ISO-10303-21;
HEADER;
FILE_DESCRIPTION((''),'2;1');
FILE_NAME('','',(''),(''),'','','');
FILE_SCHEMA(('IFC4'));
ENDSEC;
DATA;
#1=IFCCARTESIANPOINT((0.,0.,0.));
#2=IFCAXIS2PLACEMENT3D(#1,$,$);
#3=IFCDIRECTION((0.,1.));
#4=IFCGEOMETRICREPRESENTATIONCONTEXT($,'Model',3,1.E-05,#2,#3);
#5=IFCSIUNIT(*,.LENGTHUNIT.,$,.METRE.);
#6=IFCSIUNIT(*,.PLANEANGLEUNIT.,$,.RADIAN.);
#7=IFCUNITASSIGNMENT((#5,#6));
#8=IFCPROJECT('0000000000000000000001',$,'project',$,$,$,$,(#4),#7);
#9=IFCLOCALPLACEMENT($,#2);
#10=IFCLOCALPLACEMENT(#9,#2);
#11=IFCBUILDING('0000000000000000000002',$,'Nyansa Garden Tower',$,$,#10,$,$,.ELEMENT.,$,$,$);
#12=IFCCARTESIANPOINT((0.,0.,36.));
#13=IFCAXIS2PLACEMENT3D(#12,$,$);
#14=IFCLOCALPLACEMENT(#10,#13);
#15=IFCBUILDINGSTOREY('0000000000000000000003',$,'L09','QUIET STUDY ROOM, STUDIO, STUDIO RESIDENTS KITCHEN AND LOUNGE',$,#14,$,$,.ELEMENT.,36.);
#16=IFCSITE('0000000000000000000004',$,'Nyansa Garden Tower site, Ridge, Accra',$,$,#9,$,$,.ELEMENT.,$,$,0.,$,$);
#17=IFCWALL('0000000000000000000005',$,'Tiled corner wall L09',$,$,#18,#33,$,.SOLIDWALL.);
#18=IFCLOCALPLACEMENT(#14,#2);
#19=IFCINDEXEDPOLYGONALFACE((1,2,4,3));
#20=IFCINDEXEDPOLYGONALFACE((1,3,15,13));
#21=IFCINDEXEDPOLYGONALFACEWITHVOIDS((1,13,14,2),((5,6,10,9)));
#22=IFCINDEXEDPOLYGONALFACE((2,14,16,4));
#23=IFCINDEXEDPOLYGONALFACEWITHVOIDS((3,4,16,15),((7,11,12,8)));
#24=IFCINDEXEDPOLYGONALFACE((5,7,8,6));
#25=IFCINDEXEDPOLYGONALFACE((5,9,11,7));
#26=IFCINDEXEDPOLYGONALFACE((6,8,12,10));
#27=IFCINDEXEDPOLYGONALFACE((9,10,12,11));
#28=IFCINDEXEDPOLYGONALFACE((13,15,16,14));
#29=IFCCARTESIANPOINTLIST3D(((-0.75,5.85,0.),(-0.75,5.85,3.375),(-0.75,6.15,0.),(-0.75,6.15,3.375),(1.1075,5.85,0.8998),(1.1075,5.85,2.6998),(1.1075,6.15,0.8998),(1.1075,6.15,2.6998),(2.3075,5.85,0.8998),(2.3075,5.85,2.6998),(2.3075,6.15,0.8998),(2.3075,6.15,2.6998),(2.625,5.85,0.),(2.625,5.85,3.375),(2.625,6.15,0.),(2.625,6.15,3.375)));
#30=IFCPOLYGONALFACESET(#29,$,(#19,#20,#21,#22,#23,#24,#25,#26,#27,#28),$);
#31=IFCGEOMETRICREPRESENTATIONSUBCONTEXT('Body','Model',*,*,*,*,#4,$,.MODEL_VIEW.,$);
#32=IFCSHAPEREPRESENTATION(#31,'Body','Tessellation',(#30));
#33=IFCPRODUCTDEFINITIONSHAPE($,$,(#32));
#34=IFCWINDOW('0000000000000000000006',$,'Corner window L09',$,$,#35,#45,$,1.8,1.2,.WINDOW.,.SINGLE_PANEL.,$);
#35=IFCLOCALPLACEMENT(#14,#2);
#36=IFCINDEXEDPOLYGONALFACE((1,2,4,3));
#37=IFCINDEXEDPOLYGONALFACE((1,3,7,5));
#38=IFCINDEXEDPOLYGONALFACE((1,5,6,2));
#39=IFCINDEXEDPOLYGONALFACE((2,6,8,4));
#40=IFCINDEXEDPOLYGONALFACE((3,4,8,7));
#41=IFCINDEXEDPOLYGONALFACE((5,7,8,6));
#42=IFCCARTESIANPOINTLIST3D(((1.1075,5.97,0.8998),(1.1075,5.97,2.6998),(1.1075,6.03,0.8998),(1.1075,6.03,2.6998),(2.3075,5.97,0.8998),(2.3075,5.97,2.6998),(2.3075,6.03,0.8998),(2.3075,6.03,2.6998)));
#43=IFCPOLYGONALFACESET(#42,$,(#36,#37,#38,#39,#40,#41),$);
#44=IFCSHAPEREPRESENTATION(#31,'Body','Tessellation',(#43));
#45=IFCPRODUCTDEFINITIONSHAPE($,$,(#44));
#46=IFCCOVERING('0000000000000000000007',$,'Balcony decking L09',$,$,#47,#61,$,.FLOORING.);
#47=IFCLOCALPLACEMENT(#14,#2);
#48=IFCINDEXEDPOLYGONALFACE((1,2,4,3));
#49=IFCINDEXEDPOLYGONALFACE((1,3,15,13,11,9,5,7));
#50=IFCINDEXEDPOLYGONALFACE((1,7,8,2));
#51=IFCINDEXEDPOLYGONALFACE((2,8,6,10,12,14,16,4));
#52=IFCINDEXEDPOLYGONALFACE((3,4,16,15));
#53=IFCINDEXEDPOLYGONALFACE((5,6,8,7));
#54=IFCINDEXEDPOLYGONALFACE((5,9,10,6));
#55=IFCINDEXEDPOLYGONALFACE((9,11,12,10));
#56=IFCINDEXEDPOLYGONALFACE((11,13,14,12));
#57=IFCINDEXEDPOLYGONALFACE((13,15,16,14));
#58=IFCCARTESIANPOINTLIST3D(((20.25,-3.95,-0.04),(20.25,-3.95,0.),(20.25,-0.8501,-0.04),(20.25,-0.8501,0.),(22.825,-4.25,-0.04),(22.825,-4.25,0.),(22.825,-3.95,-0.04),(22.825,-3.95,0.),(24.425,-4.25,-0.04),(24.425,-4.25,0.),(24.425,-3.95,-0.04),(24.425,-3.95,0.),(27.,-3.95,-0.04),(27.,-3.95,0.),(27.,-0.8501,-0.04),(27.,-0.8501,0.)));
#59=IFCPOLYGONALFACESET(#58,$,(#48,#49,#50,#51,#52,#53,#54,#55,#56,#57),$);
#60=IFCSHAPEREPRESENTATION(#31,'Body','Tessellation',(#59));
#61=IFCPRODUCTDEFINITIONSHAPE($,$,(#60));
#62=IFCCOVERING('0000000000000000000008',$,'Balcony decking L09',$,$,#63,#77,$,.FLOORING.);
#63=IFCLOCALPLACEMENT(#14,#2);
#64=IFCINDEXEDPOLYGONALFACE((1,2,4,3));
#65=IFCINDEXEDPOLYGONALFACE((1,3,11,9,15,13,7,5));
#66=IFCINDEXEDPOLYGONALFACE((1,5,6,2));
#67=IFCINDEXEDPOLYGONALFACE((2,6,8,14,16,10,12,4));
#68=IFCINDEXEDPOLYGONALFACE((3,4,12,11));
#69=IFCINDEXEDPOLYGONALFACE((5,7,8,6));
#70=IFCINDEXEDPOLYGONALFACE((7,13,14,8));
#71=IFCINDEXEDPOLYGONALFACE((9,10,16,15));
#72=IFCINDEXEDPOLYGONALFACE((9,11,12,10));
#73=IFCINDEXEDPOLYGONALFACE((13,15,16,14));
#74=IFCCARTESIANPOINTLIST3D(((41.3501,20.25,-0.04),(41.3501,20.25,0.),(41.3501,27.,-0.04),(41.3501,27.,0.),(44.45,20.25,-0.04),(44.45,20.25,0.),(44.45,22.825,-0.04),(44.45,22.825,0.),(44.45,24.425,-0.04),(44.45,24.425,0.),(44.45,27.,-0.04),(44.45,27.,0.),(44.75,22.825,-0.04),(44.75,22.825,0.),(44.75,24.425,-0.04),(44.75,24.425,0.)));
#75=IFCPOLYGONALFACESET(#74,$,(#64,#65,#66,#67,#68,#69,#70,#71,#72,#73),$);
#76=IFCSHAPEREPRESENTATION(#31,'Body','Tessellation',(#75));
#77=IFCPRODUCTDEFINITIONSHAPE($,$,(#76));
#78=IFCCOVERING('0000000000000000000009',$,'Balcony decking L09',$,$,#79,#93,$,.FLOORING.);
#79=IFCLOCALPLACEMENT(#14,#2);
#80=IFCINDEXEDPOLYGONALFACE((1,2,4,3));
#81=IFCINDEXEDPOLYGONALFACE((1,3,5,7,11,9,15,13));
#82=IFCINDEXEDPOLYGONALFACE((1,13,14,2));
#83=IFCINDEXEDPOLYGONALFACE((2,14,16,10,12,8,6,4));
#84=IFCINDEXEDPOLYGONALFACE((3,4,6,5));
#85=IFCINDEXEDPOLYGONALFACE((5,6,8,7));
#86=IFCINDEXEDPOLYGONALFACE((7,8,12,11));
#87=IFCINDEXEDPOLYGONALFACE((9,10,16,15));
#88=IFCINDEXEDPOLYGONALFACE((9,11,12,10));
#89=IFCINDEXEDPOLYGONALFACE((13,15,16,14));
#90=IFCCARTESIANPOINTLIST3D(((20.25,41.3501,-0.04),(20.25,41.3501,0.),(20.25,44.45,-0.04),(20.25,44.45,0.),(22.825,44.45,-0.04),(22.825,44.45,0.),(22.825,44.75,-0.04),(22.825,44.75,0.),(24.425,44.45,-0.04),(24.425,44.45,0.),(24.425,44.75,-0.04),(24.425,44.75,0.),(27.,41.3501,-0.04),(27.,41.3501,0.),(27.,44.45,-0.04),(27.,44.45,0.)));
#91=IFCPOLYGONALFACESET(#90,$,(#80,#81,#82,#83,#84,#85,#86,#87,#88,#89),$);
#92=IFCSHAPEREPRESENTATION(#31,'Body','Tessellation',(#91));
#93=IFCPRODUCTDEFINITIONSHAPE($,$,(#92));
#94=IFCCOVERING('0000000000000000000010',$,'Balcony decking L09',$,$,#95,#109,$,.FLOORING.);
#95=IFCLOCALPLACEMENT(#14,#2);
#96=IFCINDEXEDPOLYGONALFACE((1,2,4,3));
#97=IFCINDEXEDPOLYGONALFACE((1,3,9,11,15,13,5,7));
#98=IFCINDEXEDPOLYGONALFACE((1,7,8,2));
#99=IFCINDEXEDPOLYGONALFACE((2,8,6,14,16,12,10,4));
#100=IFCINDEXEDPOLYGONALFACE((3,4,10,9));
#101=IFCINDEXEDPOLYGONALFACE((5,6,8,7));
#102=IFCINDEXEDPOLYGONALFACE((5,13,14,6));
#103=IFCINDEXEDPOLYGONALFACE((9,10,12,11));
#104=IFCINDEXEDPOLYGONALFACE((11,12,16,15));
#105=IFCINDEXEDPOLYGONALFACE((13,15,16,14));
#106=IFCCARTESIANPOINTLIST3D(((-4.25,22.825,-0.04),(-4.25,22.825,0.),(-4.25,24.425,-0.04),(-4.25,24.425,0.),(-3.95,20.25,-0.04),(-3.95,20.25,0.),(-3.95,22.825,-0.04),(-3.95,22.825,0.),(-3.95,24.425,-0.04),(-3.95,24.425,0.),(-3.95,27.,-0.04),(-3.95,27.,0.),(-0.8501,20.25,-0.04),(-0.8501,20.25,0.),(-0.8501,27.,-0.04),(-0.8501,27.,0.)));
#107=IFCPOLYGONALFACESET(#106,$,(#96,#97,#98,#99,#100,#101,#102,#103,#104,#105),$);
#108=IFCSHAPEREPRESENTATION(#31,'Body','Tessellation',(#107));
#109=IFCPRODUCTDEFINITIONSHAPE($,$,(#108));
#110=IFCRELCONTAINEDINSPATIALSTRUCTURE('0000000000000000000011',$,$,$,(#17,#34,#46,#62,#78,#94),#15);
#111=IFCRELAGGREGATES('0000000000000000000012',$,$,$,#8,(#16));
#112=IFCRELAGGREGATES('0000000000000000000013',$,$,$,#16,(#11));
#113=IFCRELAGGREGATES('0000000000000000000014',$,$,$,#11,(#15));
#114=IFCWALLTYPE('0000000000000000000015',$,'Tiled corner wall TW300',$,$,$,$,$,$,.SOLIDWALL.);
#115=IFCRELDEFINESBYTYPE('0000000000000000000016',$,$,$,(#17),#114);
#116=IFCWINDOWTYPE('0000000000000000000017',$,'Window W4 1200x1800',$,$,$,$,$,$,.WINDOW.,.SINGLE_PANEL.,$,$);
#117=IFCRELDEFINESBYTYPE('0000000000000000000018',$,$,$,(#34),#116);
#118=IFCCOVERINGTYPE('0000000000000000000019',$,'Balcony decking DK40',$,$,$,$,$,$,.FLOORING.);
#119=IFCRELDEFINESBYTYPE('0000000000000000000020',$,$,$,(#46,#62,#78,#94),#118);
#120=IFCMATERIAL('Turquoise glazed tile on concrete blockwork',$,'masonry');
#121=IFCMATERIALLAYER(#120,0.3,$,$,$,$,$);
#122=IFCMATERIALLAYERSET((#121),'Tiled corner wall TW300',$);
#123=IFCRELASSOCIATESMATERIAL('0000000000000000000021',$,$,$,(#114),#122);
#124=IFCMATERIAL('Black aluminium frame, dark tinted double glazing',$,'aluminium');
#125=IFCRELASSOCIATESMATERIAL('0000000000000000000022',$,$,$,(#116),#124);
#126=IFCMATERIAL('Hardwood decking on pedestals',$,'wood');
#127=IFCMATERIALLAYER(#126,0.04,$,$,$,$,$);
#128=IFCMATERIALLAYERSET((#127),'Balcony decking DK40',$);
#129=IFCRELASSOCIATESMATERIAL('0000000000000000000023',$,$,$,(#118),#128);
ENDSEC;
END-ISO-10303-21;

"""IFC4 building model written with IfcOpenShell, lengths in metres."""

from ifc_helpers import new_model, si_unit, direction, frame, frame_2d, origin, place, context, subcontext, project, spatial, polyline, rectangle, outline, extrude, material, layer, layer_set, type_object, element, fill, save


model = new_model("IFC4")

# Units and contexts
model_context = context("Model", 3, precision=1e-05, world=origin(), true_north=direction((0.0, 1.0)))
body_context = subcontext(model_context, "Body", "Model", "MODEL_VIEW")
ifc_project = project(units=[si_unit("LENGTHUNIT", "METRE"), si_unit("PLANEANGLEUNIT", "RADIAN")], contexts=[model_context])

# Site, building, storey
site_placement = place(None, origin())
site = spatial("IfcSite", under=ifc_project, at=site_placement, Name="Nyansa Garden Tower site, Ridge, Accra", CompositionType="ELEMENT", RefElevation=0.0)
building_placement = place(site_placement, origin())
building = spatial("IfcBuilding", under=site, at=building_placement, Name="Nyansa Garden Tower", CompositionType="ELEMENT")
storey_placement = place(building_placement, frame((0.0, 0.0, 36.0)))
storey = spatial("IfcBuildingStorey", under=building, at=storey_placement, Name="L09", Description="QUIET STUDY ROOM, STUDIO, STUDIO RESIDENTS KITCHEN AND LOUNGE", CompositionType="ELEMENT", Elevation=36.0)

# Wall, opening, window
ifc_material_1 = material(Name="Turquoise glazed tile on concrete blockwork", Category="masonry")
ifc_layer_1 = layer(ifc_material_1, 0.3)
ifc_layer_set_1 = layer_set([ifc_layer_1], Name="Tiled corner wall TW300")
wall_type = type_object("IfcWallType", Name="Tiled corner wall TW300", PredefinedType="SOLIDWALL", material=ifc_layer_set_1)
wall_placement = place(storey_placement, frame((-0.75, 6.0, 0.0), z_axis=(0.0, 0.0, 1.0), x_axis=(1.0, 0.0, 0.0)))
wall = element("IfcWall", 1, at=wall_placement, inside=storey, type_object=wall_type, Name="Tiled corner wall L09", PredefinedType="SOLIDWALL", context=body_context, shape_type="SweptSolid", body=[
    extrude(rectangle(XDim=3.375, YDim=0.3, at=frame_2d((1.6875, 0.0))), origin(), (0.0, 0.0, 1.0), 3.375),
])
opening_placement = place(wall_placement, frame((1.8574, 0.0, 0.8999)))
opening = element("IfcOpeningElement", 2, at=opening_placement, cuts=wall, PredefinedType="OPENING", context=body_context, shape_type="SweptSolid", body=[
    extrude(rectangle(XDim=1.2, YDim=1.8, at=frame_2d((0.6001, 0.8999))), frame((0.0, 0.1599, 0.0), z_axis=(0.0, -1.0, 0.0), x_axis=(1.0, 0.0, 0.0)), (0.0, 0.0, 1.0), 0.3201),
])
ifc_material_2 = material(Name="Black aluminium frame, dark tinted double glazing", Category="aluminium")
window_type = type_object("IfcWindowType", Name="Window W4 1200x1800", PartitioningType="SINGLE_PANEL", PredefinedType="WINDOW", material=ifc_material_2)
window_placement = place(opening_placement, origin())
window = element("IfcWindow", 3, at=window_placement, inside=storey, type_object=window_type, Name="Corner window L09", OverallHeight=1.8, OverallWidth=1.2, PartitioningType="SINGLE_PANEL", PredefinedType="WINDOW", context=body_context, shape_type="SweptSolid", body=[
    extrude(rectangle(XDim=1.2, YDim=1.8, at=frame_2d((0.6001, 0.8999))), frame((0.0, 0.03, 0.0), z_axis=(0.0, -1.0, 0.0), x_axis=(1.0, 0.0, 0.0)), (0.0, 0.0, 1.0), 0.0601),
])
fill(opening, window)

# Coverings
ifc_material_3 = material(Name="Hardwood decking on pedestals", Category="wood")
ifc_layer_2 = layer(ifc_material_3, 0.04)
ifc_layer_set_2 = layer_set([ifc_layer_2], Name="Balcony decking DK40")
covering_type = type_object("IfcCoveringType", Name="Balcony decking DK40", PredefinedType="FLOORING", material=ifc_layer_set_2)
covering_1_placement = place(storey_placement, frame((0.0, 0.0, -0.04)))
element("IfcCovering", 4, at=covering_1_placement, inside=storey, type_object=covering_type, Name="Balcony decking L09", PredefinedType="FLOORING", context=body_context, shape_type="SweptSolid", body=[
    extrude(outline(polyline([(20.25, -0.8501), (27.0, -0.8501), (27.0, -3.95), (24.425, -3.95), (24.425, -4.25), (22.825, -4.25), (22.825, -3.95), (20.25, -3.95), (20.25, -0.8501)])), origin(), (0.0, 0.0, 1.0), 0.04),
])
covering_2_placement = place(storey_placement, frame((0.0, 0.0, -0.04)))
element("IfcCovering", 5, at=covering_2_placement, inside=storey, type_object=covering_type, Name="Balcony decking L09", PredefinedType="FLOORING", context=body_context, shape_type="SweptSolid", body=[
    extrude(outline(polyline([(41.3501, 20.25), (41.3501, 27.0), (44.45, 27.0), (44.45, 24.425), (44.75, 24.425), (44.75, 22.825), (44.45, 22.825), (44.45, 20.25), (41.3501, 20.25)])), origin(), (0.0, 0.0, 1.0), 0.04),
])
covering_3_placement = place(storey_placement, frame((0.0, 0.0, -0.04)))
element("IfcCovering", 6, at=covering_3_placement, inside=storey, type_object=covering_type, Name="Balcony decking L09", PredefinedType="FLOORING", context=body_context, shape_type="SweptSolid", body=[
    extrude(outline(polyline([(20.25, 41.3501), (27.0, 41.3501), (27.0, 44.45), (24.425, 44.45), (24.425, 44.75), (22.825, 44.75), (22.825, 44.45), (20.25, 44.45), (20.25, 41.3501)])), origin(), (0.0, 0.0, 1.0), 0.04),
])
covering_4_placement = place(storey_placement, frame((0.0, 0.0, -0.04)))
element("IfcCovering", 7, at=covering_4_placement, inside=storey, type_object=covering_type, Name="Balcony decking L09", PredefinedType="FLOORING", context=body_context, shape_type="SweptSolid", body=[
    extrude(outline(polyline([(-0.8501, 20.25), (-0.8501, 27.0), (-3.95, 27.0), (-3.95, 24.425), (-4.25, 24.425), (-4.25, 22.825), (-3.95, 22.825), (-3.95, 20.25), (-0.8501, 20.25)])), origin(), (0.0, 0.0, 1.0), 0.04),
])

save(model, "model.ifc")
